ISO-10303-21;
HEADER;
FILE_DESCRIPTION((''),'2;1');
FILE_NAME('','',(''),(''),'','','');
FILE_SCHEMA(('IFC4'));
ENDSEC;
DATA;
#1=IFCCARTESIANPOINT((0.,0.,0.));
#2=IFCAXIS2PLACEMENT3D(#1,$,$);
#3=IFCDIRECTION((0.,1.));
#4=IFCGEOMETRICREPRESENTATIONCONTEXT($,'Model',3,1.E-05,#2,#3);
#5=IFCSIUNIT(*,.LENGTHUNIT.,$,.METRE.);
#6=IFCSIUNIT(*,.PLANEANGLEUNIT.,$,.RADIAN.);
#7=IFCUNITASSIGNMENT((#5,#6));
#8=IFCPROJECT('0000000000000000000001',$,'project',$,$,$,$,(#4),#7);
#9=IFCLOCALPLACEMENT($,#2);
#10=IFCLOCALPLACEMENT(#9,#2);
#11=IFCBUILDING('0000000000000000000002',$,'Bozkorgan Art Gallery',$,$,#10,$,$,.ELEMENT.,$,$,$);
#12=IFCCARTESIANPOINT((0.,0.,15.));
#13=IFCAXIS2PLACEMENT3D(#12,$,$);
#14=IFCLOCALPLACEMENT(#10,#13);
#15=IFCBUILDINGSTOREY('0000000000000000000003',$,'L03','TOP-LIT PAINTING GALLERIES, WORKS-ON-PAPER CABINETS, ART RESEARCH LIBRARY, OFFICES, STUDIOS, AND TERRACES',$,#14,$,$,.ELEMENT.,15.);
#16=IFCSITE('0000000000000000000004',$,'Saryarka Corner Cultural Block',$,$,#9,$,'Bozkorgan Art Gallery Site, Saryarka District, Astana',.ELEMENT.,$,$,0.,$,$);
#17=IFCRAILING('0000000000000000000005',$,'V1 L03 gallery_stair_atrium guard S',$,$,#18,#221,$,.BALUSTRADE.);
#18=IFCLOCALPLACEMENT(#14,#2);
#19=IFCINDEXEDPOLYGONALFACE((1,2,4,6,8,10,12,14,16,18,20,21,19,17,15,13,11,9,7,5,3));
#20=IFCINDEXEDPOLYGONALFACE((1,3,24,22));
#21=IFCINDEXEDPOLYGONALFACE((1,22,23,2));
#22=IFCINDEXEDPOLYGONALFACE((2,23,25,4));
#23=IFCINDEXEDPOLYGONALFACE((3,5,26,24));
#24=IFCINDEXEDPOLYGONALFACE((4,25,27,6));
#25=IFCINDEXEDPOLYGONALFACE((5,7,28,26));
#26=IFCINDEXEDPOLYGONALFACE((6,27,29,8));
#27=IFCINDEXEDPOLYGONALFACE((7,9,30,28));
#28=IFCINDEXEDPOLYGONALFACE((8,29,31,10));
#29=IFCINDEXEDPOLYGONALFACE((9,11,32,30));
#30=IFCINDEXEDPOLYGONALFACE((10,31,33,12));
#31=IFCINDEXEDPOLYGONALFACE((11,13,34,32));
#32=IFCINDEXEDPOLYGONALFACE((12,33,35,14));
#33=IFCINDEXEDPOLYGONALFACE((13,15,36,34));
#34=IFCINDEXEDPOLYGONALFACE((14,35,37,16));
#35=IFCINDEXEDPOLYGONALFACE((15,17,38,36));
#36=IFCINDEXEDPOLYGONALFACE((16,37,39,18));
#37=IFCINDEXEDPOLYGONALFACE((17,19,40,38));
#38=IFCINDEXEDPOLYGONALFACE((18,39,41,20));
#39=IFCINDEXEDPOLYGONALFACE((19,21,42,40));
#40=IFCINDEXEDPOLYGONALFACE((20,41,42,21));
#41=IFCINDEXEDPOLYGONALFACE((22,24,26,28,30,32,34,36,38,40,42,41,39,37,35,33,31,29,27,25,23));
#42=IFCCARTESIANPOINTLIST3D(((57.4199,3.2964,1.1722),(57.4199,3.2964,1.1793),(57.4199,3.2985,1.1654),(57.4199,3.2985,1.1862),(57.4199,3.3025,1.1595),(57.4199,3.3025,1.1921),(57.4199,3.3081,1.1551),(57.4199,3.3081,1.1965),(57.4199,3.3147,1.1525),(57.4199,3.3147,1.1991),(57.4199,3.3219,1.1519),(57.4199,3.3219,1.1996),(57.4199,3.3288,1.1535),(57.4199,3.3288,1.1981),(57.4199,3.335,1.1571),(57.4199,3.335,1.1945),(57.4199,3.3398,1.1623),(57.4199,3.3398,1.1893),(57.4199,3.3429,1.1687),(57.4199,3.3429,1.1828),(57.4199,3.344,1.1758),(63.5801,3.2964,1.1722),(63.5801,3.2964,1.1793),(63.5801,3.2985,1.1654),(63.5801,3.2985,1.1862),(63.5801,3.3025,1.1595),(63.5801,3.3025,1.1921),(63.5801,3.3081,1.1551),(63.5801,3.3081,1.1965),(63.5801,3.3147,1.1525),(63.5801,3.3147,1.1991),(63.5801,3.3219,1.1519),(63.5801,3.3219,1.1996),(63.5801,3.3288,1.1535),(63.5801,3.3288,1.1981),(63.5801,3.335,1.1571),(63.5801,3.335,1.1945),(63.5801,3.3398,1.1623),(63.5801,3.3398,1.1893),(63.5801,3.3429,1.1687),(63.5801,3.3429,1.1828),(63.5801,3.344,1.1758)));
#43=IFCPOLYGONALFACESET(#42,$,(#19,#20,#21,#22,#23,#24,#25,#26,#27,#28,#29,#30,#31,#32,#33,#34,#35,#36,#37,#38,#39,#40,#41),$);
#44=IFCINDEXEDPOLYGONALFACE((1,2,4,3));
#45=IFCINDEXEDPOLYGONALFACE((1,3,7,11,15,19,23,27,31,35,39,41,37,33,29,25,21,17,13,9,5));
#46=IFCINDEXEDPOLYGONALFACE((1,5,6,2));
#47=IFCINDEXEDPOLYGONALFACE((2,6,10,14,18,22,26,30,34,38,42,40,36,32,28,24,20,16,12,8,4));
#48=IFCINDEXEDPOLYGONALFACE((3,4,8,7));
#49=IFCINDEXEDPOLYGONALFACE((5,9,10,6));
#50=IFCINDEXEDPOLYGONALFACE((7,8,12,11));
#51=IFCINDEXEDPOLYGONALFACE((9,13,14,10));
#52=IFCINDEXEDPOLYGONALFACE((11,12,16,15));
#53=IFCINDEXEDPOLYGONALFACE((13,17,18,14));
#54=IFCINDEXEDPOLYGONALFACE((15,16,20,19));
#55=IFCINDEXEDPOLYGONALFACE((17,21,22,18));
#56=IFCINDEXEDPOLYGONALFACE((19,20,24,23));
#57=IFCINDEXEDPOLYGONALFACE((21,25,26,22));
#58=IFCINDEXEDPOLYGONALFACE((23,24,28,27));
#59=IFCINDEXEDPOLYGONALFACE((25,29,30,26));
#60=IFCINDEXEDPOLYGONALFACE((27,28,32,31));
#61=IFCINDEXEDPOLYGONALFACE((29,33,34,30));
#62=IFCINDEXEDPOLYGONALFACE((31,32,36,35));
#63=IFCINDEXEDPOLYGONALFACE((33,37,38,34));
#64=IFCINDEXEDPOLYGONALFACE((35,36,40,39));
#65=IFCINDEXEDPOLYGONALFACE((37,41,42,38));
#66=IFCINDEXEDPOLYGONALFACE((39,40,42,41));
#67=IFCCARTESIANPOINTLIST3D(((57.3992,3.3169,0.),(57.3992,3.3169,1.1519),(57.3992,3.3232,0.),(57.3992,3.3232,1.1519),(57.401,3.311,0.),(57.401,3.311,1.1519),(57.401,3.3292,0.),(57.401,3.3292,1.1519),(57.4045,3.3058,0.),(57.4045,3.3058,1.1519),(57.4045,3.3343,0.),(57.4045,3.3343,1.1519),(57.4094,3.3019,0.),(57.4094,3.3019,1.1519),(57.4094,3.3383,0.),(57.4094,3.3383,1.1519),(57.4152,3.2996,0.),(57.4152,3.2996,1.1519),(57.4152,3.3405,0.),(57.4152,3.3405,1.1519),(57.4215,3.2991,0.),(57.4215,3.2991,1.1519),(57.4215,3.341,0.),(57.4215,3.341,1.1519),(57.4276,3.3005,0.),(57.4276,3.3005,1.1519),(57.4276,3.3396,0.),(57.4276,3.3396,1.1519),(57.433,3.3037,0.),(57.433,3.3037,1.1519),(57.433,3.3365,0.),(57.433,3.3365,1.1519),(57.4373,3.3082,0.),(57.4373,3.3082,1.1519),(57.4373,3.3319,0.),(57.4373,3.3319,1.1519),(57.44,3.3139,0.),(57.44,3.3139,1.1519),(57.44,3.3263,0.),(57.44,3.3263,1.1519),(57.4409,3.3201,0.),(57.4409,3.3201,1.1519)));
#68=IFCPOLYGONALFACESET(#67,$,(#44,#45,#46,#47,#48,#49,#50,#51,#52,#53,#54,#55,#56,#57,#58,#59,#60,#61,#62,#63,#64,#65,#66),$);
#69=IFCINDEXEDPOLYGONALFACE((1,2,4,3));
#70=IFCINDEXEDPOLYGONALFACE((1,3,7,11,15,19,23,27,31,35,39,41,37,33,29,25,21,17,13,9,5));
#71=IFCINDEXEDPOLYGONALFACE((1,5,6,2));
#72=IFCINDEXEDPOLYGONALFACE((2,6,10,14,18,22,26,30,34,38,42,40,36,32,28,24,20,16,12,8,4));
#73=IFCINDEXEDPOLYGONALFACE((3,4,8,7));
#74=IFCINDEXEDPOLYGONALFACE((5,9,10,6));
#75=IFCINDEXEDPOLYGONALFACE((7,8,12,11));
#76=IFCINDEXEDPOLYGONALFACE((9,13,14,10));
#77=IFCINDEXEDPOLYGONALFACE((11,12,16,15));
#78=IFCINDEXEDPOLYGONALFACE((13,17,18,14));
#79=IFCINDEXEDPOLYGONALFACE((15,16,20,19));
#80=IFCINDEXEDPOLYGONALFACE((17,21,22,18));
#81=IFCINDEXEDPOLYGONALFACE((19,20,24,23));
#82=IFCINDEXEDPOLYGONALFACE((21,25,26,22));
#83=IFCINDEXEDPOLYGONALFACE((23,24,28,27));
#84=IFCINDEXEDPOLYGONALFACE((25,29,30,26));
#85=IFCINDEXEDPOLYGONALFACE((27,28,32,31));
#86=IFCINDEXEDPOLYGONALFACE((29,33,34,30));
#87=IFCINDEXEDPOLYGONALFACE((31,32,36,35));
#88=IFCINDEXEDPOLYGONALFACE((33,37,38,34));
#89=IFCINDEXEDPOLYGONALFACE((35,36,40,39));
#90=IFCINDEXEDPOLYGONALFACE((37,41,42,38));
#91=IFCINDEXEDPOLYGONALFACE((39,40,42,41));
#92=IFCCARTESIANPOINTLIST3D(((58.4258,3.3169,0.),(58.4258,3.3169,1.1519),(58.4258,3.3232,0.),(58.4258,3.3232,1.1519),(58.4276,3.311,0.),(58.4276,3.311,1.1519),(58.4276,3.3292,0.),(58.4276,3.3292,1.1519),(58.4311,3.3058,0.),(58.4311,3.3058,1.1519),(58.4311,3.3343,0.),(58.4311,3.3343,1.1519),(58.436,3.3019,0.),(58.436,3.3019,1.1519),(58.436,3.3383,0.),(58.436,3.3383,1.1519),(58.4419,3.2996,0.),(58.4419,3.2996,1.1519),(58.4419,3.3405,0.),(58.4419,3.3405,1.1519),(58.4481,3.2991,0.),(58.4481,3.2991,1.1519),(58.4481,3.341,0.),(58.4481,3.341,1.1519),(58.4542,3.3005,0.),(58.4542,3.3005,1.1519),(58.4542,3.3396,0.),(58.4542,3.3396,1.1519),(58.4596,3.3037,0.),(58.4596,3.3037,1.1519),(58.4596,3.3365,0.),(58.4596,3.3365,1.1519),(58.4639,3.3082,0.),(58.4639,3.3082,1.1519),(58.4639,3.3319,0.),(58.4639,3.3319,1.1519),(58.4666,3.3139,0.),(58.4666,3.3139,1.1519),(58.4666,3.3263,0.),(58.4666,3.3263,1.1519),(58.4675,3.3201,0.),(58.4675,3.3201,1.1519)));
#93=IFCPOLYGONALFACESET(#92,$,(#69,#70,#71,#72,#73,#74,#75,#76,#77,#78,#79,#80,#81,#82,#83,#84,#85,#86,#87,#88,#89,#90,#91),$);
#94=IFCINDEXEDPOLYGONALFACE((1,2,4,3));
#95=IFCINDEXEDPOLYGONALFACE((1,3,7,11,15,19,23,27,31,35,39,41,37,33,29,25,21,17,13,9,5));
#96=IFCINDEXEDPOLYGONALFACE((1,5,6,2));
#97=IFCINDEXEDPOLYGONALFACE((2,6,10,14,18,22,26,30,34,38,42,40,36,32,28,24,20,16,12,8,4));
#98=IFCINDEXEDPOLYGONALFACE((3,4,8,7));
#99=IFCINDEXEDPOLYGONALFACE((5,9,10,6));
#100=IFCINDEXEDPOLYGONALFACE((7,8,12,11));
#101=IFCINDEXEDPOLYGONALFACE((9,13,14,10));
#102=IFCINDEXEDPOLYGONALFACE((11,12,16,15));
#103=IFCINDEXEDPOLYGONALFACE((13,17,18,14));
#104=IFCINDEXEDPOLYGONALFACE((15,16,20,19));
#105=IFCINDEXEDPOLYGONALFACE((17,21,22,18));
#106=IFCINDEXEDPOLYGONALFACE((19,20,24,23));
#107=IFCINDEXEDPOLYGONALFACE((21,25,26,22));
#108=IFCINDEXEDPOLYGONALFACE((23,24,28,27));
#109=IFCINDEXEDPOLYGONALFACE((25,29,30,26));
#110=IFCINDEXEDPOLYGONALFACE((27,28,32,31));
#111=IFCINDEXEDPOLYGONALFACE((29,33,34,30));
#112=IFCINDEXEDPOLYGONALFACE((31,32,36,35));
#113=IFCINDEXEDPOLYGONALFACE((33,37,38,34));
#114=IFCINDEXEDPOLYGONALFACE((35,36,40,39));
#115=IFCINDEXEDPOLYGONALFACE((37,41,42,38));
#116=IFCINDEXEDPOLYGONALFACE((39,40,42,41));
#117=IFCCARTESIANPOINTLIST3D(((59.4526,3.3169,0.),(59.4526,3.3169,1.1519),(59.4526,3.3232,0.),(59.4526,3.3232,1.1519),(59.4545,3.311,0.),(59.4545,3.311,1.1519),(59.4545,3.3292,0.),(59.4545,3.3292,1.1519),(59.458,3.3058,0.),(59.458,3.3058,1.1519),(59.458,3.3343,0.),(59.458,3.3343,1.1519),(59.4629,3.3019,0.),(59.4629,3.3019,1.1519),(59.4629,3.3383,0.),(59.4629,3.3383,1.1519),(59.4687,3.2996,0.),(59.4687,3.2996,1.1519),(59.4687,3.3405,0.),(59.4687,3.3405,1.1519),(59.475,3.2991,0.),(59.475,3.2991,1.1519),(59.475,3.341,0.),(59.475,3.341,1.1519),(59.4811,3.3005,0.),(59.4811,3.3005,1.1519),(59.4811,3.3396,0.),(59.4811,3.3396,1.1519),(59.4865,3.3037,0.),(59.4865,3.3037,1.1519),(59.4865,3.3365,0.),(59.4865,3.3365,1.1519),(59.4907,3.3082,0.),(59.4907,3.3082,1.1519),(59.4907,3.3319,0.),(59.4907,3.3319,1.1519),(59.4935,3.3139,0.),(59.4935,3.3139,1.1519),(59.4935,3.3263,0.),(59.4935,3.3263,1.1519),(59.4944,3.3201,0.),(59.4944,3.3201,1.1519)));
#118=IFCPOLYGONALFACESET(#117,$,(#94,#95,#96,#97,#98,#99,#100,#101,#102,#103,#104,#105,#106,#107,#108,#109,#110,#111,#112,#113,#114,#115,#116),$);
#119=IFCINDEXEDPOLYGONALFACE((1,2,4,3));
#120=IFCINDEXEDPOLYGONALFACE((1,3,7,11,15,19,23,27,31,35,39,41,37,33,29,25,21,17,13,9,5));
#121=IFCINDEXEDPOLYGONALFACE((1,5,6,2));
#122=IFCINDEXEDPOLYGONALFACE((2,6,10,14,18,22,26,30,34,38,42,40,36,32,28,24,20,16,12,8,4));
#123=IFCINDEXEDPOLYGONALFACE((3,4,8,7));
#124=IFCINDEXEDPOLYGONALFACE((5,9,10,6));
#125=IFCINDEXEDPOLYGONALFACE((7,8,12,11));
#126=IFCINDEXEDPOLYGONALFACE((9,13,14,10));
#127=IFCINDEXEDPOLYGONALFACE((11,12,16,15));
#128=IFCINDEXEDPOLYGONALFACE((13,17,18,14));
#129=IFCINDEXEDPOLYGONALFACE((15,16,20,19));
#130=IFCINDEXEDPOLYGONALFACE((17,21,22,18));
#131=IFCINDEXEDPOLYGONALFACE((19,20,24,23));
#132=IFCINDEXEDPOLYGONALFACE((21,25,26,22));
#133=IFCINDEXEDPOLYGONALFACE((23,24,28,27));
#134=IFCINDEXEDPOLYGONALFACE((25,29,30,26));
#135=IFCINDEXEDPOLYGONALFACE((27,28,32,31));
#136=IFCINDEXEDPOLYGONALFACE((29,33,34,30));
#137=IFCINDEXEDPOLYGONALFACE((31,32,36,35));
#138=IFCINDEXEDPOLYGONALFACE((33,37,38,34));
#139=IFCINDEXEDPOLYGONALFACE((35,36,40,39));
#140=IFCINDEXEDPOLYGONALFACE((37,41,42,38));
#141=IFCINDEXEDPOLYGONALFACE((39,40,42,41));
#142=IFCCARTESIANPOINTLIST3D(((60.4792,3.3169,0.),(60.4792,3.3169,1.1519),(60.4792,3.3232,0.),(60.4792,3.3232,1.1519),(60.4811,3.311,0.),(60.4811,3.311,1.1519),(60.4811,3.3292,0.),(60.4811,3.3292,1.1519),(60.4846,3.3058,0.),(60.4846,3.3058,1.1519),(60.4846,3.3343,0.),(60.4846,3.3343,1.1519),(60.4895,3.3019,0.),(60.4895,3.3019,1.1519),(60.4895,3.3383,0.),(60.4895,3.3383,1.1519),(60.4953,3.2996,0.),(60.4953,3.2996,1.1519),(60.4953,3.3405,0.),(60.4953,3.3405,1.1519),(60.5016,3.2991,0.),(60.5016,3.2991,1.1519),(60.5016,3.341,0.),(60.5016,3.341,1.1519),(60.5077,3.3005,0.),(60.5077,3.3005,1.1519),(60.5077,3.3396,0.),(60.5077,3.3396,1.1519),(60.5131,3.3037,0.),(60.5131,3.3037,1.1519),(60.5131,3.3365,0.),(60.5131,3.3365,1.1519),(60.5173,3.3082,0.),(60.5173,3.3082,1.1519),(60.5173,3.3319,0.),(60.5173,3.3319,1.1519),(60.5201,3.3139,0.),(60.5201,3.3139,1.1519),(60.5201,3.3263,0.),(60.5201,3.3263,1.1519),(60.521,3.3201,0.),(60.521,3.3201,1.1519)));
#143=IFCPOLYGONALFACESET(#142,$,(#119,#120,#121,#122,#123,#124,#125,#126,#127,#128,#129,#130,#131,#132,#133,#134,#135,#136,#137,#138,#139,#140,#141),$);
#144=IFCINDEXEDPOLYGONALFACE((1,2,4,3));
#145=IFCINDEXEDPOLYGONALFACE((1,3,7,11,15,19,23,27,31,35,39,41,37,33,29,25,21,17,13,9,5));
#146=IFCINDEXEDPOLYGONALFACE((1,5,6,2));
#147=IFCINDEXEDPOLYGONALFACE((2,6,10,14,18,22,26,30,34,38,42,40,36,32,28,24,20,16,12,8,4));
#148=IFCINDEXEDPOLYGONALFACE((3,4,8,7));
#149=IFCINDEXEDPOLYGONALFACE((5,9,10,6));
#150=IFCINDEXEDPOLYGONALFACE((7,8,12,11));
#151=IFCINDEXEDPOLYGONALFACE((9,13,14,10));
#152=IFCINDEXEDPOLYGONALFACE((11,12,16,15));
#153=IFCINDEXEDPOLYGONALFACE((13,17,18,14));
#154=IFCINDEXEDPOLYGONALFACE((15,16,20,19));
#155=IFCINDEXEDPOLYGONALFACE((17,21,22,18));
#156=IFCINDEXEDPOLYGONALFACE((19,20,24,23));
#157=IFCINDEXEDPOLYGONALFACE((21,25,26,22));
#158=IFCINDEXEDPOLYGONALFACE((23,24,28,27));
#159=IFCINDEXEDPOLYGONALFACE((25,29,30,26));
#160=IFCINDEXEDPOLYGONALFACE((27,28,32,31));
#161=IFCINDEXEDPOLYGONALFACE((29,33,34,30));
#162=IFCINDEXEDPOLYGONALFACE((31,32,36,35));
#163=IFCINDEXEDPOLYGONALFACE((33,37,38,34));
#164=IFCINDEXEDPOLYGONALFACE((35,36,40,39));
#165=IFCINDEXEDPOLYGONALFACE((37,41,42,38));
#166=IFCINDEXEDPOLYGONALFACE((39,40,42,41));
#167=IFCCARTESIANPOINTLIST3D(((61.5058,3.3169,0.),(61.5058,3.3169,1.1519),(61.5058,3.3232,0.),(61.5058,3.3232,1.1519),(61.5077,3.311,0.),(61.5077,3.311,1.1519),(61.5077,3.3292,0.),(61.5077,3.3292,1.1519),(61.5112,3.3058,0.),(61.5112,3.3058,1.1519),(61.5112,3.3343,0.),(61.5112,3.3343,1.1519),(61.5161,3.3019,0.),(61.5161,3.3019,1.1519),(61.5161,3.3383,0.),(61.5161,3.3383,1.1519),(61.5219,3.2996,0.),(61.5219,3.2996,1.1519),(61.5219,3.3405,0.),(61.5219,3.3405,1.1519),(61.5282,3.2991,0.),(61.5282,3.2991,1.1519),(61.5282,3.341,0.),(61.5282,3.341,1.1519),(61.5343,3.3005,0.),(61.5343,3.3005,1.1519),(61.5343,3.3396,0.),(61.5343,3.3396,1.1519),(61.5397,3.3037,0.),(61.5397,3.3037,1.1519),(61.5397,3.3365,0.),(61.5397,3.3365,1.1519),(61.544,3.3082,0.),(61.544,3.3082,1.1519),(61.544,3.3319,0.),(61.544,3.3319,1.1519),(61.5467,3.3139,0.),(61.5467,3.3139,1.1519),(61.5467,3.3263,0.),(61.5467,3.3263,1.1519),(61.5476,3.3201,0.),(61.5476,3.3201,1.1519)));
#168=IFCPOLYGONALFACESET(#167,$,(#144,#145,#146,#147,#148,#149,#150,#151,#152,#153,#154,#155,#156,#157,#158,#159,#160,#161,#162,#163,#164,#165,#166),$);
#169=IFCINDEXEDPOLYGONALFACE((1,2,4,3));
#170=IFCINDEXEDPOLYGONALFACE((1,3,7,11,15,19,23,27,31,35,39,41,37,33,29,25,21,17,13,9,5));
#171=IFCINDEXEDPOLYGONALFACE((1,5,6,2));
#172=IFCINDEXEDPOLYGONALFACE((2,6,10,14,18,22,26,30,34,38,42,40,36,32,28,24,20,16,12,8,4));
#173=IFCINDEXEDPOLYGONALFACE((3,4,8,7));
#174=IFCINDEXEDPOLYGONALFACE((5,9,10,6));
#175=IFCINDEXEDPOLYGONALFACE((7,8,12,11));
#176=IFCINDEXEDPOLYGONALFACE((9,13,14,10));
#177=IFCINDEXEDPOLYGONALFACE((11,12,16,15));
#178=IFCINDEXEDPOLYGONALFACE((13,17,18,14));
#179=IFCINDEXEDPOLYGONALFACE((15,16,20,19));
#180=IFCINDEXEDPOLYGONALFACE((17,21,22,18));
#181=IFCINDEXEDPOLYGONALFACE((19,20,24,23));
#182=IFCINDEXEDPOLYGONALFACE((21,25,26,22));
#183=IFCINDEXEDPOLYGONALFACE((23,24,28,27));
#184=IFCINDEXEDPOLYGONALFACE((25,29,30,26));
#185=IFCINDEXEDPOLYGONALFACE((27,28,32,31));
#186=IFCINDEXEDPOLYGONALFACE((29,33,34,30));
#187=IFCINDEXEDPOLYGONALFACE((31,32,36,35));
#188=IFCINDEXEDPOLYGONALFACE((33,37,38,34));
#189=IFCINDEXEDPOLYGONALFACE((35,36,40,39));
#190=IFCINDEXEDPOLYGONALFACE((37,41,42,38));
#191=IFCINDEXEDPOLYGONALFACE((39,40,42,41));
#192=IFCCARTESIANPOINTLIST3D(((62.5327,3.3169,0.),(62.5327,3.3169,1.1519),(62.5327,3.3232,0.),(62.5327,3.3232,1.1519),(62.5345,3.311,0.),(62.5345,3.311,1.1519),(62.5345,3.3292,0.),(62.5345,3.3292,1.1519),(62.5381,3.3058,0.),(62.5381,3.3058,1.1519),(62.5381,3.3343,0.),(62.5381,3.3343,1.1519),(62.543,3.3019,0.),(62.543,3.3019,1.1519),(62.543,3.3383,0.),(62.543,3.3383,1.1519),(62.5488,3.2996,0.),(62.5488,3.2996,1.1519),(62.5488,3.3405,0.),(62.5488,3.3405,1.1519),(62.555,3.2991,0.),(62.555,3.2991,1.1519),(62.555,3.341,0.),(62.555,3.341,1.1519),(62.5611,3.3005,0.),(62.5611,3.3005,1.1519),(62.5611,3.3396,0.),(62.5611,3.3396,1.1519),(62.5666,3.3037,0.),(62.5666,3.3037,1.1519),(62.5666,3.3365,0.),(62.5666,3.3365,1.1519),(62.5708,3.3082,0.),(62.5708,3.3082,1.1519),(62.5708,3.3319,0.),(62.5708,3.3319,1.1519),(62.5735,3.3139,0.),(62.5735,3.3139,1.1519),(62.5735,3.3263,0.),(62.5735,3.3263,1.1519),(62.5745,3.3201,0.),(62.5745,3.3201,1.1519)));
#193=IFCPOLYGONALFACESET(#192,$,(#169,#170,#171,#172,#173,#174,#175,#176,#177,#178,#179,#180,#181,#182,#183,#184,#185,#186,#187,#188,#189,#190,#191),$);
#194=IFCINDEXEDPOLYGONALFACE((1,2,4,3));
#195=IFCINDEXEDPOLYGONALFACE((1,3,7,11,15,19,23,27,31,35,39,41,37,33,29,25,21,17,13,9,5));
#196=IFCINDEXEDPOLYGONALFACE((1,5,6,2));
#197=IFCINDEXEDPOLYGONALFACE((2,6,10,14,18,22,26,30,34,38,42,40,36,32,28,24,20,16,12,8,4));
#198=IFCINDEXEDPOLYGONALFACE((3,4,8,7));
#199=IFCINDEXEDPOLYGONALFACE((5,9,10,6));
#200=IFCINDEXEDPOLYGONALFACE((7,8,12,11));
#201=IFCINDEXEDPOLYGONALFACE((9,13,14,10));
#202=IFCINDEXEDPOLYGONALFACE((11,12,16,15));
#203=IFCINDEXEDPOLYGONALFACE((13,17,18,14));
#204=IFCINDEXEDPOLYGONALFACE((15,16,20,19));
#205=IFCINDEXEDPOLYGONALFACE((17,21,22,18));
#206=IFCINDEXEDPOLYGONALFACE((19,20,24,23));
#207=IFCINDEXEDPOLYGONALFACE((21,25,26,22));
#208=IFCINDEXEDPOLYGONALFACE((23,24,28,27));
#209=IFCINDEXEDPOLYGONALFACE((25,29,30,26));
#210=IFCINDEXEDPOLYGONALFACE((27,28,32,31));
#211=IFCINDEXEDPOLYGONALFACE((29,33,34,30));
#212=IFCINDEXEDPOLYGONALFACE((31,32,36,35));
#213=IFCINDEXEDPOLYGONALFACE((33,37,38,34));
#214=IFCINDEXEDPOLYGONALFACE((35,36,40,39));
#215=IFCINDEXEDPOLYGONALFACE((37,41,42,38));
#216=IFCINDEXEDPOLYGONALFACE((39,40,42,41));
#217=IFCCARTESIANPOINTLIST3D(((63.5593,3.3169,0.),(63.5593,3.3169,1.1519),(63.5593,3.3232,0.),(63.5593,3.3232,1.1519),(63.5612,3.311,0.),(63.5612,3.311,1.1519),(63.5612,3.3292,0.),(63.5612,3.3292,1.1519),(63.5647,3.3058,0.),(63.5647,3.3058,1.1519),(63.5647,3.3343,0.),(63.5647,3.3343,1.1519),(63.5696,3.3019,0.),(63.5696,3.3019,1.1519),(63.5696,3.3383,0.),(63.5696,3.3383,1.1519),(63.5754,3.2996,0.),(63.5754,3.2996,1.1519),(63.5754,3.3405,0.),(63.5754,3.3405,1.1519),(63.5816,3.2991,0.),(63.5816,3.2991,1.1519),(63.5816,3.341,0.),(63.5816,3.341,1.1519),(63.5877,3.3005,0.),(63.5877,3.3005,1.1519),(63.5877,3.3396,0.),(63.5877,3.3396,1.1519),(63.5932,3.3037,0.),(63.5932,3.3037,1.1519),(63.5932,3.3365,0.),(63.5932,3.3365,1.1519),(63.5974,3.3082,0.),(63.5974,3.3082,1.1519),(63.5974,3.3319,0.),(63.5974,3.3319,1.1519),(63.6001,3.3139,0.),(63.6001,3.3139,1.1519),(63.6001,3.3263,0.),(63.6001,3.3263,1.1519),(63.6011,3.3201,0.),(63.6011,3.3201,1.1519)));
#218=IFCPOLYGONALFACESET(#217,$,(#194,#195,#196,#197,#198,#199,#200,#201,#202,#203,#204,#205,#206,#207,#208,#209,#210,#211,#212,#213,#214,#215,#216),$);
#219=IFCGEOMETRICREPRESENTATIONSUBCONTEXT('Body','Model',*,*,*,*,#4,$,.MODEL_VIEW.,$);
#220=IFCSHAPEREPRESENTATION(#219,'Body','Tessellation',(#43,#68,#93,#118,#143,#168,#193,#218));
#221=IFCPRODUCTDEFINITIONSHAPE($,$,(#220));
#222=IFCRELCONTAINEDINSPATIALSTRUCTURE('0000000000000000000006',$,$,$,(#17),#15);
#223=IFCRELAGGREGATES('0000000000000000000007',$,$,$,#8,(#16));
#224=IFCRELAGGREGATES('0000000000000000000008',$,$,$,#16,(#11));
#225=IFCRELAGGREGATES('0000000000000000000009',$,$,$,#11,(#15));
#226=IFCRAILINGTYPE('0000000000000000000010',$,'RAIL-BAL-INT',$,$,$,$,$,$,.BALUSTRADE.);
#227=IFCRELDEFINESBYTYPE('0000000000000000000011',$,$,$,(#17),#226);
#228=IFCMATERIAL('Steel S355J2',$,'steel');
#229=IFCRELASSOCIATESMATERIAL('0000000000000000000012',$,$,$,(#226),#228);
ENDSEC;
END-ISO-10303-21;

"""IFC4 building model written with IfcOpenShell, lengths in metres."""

from ifc_helpers import new_model, si_unit, direction, frame, origin, origin_2d, place, context, subcontext, project, spatial, circle, extrude, material, type_object, element, save


model = new_model("IFC4")

# Units and contexts
model_context = context("Model", 3, precision=1e-05, world=origin(), true_north=direction((0.0, 1.0)))
body_context = subcontext(model_context, "Body", "Model", "MODEL_VIEW")
ifc_project = project(units=[si_unit("LENGTHUNIT", "METRE"), si_unit("PLANEANGLEUNIT", "RADIAN")], contexts=[model_context])

# Site, building, storey
site_placement = place(None, origin())
site = spatial("IfcSite", under=ifc_project, at=site_placement, Name="Saryarka Corner Cultural Block", LongName="Bozkorgan Art Gallery Site, Saryarka District, Astana", CompositionType="ELEMENT", RefElevation=0.0)
building_placement = place(site_placement, origin())
building = spatial("IfcBuilding", under=site, at=building_placement, Name="Bozkorgan Art Gallery", CompositionType="ELEMENT")
storey_placement = place(building_placement, frame((0.0, 0.0, 15.0)))
storey = spatial("IfcBuildingStorey", under=building, at=storey_placement, Name="L03", Description="TOP-LIT PAINTING GALLERIES, WORKS-ON-PAPER CABINETS, ART RESEARCH LIBRARY, OFFICES, STUDIOS, AND TERRACES", CompositionType="ELEMENT", Elevation=15.0)

# Shared definitions
ifc_material_1 = material(Name="Steel S355J2", Category="steel")

# Railing
railing_type = type_object("IfcRailingType", Name="RAIL-BAL-INT", PredefinedType="BALUSTRADE", material=ifc_material_1)
railing_1_placement = place(storey_placement, frame((57.4199, 3.3201, 0.0)))
element("IfcRailing", 1, at=railing_1_placement, inside=storey, type_object=railing_type, Name="V1 L03 gallery_stair_atrium guard S", PredefinedType="BALUSTRADE", context=body_context, shape_type="SweptSolid", body=[
    extrude(circle(Radius=0.0239, at=origin_2d()), frame((0.0, 0.0, 1.1758), z_axis=(1.0, 0.0, 0.0), x_axis=(0.0, 1.0, 0.0)), (0.0, 0.0, 1.0), 6.1602),
    extrude(circle(Radius=0.021, at=origin_2d()), origin(), (0.0, 0.0, 1.0), 1.1519),
    extrude(circle(Radius=0.021, at=origin_2d()), frame((1.0266, 0.0, 0.0)), (0.0, 0.0, 1.0), 1.1519),
    extrude(circle(Radius=0.021, at=origin_2d()), frame((2.0535, 0.0, 0.0)), (0.0, 0.0, 1.0), 1.1519),
    extrude(circle(Radius=0.021, at=origin_2d()), frame((3.0801, 0.0, 0.0)), (0.0, 0.0, 1.0), 1.1519),
    extrude(circle(Radius=0.021, at=origin_2d()), frame((4.1067, 0.0, 0.0)), (0.0, 0.0, 1.0), 1.1519),
    extrude(circle(Radius=0.021, at=origin_2d()), frame((5.1335, 0.0, 0.0)), (0.0, 0.0, 1.0), 1.1519),
    extrude(circle(Radius=0.021, at=origin_2d()), frame((6.1602, 0.0, 0.0)), (0.0, 0.0, 1.0), 1.1519),
])

save(model, "model.ifc")
